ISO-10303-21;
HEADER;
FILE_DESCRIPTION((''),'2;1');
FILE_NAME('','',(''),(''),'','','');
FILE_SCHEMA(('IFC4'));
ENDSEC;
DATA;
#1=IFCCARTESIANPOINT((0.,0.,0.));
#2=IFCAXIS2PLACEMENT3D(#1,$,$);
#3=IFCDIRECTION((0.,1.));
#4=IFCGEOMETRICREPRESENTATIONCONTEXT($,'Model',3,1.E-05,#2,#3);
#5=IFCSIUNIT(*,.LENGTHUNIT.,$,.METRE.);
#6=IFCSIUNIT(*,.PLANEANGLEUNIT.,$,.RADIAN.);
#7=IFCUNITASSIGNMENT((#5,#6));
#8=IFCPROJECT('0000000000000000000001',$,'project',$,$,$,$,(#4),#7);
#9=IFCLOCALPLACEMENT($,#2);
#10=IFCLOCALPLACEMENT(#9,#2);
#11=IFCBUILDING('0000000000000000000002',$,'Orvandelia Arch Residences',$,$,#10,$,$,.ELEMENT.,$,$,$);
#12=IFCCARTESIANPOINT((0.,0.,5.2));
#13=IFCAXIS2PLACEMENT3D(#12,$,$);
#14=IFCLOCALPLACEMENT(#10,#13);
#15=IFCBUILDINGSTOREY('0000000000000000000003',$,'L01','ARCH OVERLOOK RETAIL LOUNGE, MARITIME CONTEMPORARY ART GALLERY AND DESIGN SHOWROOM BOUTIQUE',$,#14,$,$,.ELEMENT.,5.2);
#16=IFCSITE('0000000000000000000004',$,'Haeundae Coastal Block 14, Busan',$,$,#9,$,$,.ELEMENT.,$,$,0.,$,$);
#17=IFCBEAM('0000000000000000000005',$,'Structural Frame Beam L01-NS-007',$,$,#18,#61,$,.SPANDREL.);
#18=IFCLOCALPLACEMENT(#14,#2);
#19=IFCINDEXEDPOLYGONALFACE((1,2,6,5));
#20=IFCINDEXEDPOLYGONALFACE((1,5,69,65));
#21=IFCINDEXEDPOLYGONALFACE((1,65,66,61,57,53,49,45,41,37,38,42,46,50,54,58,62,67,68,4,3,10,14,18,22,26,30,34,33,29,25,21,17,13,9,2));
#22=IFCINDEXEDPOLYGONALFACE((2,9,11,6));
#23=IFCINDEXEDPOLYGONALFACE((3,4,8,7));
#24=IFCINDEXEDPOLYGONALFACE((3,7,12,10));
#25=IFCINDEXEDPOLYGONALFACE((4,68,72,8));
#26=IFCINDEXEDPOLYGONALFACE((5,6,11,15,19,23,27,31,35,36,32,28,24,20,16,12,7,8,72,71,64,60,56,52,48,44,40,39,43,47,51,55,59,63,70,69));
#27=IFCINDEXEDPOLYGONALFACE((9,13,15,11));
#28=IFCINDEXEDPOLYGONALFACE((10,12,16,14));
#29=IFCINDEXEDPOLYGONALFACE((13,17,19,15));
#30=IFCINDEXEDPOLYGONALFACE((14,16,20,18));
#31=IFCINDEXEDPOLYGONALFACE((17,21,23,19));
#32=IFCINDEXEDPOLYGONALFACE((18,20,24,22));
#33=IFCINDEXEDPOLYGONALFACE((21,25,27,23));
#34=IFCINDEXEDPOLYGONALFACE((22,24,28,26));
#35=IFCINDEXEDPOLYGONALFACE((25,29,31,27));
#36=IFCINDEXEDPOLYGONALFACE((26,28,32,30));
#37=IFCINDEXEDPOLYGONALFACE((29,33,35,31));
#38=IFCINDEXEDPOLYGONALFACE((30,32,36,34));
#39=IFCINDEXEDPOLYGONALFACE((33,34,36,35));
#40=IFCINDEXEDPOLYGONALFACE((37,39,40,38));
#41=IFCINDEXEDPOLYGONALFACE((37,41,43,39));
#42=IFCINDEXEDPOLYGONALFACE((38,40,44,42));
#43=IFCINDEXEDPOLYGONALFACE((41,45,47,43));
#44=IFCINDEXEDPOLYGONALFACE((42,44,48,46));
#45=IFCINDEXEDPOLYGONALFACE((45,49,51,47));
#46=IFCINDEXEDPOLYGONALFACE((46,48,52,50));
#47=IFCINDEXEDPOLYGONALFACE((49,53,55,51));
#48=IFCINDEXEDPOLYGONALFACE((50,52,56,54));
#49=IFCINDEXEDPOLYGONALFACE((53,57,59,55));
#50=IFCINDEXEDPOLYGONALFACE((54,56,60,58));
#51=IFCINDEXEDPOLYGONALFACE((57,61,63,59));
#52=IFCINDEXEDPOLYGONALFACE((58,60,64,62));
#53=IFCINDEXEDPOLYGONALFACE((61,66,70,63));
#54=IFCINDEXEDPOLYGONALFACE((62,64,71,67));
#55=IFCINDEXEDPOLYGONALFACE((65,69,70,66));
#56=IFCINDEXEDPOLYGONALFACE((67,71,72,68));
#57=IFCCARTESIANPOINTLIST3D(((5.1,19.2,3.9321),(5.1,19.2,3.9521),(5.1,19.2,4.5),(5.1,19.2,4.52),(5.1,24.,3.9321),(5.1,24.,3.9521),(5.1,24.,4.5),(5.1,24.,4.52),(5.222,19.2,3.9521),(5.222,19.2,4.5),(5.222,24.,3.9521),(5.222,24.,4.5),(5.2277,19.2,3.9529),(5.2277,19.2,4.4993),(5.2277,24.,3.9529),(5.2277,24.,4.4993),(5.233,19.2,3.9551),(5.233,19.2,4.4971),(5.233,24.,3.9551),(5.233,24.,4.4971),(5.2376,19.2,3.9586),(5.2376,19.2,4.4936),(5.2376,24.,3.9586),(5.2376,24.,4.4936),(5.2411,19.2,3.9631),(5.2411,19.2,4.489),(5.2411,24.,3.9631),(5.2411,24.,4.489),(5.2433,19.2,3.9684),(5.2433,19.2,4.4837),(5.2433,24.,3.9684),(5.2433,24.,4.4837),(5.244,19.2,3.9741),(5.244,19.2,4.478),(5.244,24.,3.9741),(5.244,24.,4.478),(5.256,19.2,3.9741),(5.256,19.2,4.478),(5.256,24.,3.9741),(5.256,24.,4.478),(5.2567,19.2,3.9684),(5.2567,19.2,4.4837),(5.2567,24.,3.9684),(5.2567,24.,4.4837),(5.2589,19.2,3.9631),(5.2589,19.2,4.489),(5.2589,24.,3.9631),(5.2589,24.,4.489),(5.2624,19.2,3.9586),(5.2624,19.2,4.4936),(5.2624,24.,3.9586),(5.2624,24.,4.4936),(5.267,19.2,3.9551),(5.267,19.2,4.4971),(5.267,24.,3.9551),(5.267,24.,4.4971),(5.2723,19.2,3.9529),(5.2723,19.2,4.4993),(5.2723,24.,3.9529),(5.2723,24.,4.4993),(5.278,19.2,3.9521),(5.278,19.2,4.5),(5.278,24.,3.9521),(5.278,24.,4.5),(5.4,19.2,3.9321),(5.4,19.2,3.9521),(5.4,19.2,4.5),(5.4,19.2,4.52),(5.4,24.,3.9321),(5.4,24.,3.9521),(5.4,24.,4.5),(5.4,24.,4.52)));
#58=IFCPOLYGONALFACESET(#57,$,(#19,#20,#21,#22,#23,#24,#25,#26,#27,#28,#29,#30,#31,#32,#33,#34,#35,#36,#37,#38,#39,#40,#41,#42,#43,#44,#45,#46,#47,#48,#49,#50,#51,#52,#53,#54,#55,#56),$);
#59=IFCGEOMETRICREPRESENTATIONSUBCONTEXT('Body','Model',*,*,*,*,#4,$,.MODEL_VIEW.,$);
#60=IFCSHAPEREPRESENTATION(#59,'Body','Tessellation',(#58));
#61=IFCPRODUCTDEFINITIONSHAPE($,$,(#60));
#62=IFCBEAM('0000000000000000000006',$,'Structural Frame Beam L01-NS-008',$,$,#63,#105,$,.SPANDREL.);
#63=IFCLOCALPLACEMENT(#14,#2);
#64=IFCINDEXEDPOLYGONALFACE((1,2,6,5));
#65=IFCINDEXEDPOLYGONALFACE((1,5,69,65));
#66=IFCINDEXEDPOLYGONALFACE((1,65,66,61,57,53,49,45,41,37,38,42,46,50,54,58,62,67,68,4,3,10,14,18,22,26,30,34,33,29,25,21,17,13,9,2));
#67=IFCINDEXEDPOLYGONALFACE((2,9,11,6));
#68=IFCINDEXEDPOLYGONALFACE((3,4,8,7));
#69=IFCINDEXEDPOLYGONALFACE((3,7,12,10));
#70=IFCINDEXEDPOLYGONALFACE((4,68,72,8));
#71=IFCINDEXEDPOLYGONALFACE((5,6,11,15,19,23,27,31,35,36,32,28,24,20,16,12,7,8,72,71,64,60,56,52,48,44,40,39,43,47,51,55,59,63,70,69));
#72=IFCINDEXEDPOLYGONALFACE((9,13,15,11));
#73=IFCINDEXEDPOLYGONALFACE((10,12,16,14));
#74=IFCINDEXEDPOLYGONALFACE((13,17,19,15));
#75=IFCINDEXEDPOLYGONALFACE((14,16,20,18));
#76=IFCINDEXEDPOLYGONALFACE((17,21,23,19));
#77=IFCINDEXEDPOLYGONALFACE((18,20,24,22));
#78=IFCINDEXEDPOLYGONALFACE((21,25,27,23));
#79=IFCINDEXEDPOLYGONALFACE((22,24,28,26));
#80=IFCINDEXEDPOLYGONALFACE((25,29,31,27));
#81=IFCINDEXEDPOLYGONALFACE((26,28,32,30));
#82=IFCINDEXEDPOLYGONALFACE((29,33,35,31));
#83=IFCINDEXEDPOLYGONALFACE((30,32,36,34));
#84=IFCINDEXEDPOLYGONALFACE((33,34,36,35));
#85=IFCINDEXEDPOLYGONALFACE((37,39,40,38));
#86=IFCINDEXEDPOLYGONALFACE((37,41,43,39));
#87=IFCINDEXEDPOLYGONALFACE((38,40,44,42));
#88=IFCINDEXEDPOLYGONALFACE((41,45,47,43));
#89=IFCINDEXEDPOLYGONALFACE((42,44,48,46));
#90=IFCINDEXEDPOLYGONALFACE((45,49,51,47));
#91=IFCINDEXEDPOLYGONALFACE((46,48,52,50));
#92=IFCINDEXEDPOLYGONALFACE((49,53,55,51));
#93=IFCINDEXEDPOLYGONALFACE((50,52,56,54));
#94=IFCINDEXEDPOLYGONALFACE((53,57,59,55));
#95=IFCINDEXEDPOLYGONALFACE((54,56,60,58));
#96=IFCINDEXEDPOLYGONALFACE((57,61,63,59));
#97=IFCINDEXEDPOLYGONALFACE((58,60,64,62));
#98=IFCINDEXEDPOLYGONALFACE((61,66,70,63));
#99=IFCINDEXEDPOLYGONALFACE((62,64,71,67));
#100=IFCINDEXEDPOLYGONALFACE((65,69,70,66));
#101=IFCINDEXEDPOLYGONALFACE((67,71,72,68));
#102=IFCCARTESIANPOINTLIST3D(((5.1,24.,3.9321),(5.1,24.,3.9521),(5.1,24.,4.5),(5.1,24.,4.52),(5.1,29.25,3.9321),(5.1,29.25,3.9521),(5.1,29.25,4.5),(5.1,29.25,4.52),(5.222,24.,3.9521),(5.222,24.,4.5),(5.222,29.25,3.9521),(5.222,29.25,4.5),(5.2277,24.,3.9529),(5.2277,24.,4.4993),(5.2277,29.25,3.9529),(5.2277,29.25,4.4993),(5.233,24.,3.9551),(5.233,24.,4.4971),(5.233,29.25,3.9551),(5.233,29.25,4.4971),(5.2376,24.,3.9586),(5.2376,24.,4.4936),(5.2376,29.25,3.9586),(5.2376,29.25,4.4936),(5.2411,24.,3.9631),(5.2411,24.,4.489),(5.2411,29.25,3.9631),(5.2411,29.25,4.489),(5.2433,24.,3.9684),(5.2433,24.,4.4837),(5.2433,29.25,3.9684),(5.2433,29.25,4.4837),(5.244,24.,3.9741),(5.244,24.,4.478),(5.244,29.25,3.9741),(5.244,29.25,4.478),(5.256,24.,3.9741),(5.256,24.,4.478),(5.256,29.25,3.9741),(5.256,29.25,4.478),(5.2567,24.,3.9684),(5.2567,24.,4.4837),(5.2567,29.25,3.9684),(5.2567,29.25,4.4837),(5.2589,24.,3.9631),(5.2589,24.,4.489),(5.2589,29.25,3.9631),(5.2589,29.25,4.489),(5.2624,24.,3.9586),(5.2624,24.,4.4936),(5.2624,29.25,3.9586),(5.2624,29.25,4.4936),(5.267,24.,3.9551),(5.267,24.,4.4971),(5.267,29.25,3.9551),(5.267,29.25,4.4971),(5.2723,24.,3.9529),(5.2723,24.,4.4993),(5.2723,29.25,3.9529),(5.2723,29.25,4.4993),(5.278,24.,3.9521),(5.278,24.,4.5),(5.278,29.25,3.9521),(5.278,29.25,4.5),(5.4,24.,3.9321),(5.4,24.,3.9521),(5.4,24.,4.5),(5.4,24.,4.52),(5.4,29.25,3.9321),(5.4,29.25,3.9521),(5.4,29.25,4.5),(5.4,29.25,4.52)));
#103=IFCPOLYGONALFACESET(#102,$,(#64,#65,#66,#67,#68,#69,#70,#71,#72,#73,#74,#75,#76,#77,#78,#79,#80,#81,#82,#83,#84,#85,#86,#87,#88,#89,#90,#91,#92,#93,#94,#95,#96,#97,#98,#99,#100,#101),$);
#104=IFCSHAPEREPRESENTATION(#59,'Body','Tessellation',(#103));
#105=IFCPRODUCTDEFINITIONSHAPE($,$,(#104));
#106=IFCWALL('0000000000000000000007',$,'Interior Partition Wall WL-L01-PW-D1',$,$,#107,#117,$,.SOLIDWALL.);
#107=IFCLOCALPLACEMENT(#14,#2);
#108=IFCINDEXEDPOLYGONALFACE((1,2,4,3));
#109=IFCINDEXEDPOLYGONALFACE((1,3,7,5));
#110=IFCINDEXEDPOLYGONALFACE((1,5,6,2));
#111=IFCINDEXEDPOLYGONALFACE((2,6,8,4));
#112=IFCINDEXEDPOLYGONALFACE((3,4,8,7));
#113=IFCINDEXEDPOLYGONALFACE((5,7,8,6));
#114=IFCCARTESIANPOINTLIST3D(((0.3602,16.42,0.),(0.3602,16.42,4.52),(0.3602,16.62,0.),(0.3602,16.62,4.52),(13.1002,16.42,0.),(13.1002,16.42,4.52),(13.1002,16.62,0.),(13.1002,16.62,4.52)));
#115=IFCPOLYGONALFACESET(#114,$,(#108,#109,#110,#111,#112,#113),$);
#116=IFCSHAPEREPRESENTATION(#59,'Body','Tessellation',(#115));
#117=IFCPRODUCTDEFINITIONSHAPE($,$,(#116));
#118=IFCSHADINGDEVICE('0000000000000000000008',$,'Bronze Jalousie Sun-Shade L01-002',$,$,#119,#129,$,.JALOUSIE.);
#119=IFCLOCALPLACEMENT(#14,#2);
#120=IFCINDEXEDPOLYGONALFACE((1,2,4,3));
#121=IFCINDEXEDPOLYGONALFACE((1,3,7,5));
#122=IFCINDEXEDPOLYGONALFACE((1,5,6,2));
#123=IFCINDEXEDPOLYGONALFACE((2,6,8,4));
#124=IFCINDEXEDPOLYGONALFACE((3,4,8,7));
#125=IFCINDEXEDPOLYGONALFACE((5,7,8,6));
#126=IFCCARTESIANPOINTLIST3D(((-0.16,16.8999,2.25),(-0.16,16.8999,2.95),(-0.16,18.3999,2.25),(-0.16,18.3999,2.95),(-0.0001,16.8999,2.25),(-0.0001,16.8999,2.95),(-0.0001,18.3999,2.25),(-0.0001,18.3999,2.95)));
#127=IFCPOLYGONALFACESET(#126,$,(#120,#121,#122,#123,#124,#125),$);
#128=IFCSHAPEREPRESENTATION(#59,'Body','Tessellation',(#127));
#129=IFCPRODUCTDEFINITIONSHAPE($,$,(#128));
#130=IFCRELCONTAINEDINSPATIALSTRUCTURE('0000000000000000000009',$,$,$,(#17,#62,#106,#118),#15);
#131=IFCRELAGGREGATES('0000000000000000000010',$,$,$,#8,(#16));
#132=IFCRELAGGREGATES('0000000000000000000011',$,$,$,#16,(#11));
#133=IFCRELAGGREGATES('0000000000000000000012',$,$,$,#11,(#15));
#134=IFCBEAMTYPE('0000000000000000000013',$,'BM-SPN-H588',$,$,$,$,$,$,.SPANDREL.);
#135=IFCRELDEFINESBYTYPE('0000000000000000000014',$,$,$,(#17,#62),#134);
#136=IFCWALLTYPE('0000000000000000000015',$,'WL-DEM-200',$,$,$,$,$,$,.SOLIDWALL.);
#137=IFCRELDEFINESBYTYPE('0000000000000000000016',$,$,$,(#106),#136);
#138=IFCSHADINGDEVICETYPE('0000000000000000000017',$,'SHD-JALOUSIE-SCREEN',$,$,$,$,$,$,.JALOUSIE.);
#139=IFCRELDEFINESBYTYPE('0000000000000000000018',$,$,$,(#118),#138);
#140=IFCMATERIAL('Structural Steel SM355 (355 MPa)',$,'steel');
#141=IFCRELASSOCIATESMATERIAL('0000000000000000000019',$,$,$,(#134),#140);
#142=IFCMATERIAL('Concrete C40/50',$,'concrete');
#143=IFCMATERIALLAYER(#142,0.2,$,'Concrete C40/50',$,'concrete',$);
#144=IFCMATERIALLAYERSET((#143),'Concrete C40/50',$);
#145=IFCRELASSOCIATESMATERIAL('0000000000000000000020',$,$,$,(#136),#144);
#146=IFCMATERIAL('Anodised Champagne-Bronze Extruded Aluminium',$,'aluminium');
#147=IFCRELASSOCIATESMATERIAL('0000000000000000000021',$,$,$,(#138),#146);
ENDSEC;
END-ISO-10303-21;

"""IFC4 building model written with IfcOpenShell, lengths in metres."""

from ifc_helpers import new_model, si_unit, direction, frame, frame_2d, origin, origin_2d, place, context, subcontext, project, spatial, rectangle, i_section, extrude, material, layer, layer_set, material_profile, profile_set, type_object, element, save


model = new_model("IFC4")

# Units and contexts
model_context = context("Model", 3, precision=1e-05, world=origin(), true_north=direction((0.0, 1.0)))
body_context = subcontext(model_context, "Body", "Model", "MODEL_VIEW")
ifc_project = project(units=[si_unit("LENGTHUNIT", "METRE"), si_unit("PLANEANGLEUNIT", "RADIAN")], contexts=[model_context])

# Site, building, storey
site_placement = place(None, origin())
site = spatial("IfcSite", under=ifc_project, at=site_placement, Name="Haeundae Coastal Block 14, Busan", CompositionType="ELEMENT", RefElevation=0.0)
building_placement = place(site_placement, origin())
building = spatial("IfcBuilding", under=site, at=building_placement, Name="Orvandelia Arch Residences", CompositionType="ELEMENT")
storey_placement = place(building_placement, frame((0.0, 0.0, 5.2)))
storey = spatial("IfcBuildingStorey", under=building, at=storey_placement, Name="L01", Description="ARCH OVERLOOK RETAIL LOUNGE, MARITIME CONTEMPORARY ART GALLERY AND DESIGN SHOWROOM BOUTIQUE", CompositionType="ELEMENT", Elevation=5.2)

# Beams
ifc_material_1 = material(Name="Structural Steel SM355 (355 MPa)", Category="steel")
ifc_material_profile_1 = material_profile(ifc_material_1, i_section(OverallWidth=0.3, OverallDepth=0.5879, WebThickness=0.012, FlangeThickness=0.02, FilletRadius=0.022, at=origin_2d()), Name="Structural Steel SM355 (355 MPa)", Category="steel")
ifc_profile_set_1 = profile_set([ifc_material_profile_1], Name="Structural Steel SM355 (355 MPa)")
beam_type_1 = type_object("IfcBeamType", Name="BM-SPN-H588", PredefinedType="SPANDREL", material=ifc_profile_set_1)
for number, where, z_axis, x_axis, name in (
    (1, (5.25, 19.2, 4.2261), (0.0, 1.0, 0.0), (-1.0, 0.0, 0.0), "Structural Frame Beam L01-NS-007"),
):
    element("IfcBeam", number, at=place(storey_placement, frame(where, z_axis=z_axis, x_axis=x_axis)), inside=storey, type_object=beam_type_1, Name=name, PredefinedType="SPANDREL", context=body_context, shape_type="SweptSolid", body=[
        extrude(i_section(OverallWidth=0.3, OverallDepth=0.5879, WebThickness=0.012, FlangeThickness=0.02, FilletRadius=0.022, at=origin_2d()), origin(), (0.0, 0.0, 1.0), 4.8),
    ])
beam_1_placement = place(storey_placement, frame((5.25, 24.0, 4.2261), z_axis=(0.0, 1.0, 0.0), x_axis=(-1.0, 0.0, 0.0)))
element("IfcBeam", 2, at=beam_1_placement, inside=storey, type_object=beam_type_1, Name="Structural Frame Beam L01-NS-008", PredefinedType="SPANDREL", context=body_context, shape_type="SweptSolid", body=[
    extrude(i_section(OverallWidth=0.3, OverallDepth=0.5879, WebThickness=0.012, FlangeThickness=0.02, FilletRadius=0.022, at=origin_2d()), origin(), (0.0, 0.0, 1.0), 5.25),
])

# Wall
ifc_material_2 = material(Name="Concrete C40/50", Category="concrete")
ifc_layer = layer(ifc_material_2, 0.2, Name="Concrete C40/50", Category="concrete")
ifc_layer_set = layer_set([ifc_layer], Name="Concrete C40/50")
wall_type = type_object("IfcWallType", Name="WL-DEM-200", PredefinedType="SOLIDWALL", material=ifc_layer_set)
wall_placement = place(storey_placement, frame((0.3601, 16.52, 0.0), z_axis=(0.0, 0.0, 1.0), x_axis=(1.0, 0.0, 0.0)))
element("IfcWall", 3, at=wall_placement, inside=storey, type_object=wall_type, Name="Interior Partition Wall WL-L01-PW-D1", PredefinedType="SOLIDWALL", context=body_context, shape_type="SweptSolid", body=[
    extrude(rectangle(XDim=12.74, YDim=0.2, at=frame_2d((6.3701, 0.0))), origin(), (0.0, 0.0, 1.0), 4.52),
])

# Shading device
ifc_material_3 = material(Name="Anodised Champagne-Bronze Extruded Aluminium", Category="aluminium")
shading_device_type = type_object("IfcShadingDeviceType", Name="SHD-JALOUSIE-SCREEN", PredefinedType="JALOUSIE", material=ifc_material_3)
shading_device_placement = place(storey_placement, frame((-0.0801, 17.6499, 2.25), z_axis=(0.0, 0.0, 1.0), x_axis=(0.0, 1.0, 0.0)))
element("IfcShadingDevice", 4, at=shading_device_placement, inside=storey, type_object=shading_device_type, Name="Bronze Jalousie Sun-Shade L01-002", PredefinedType="JALOUSIE", context=body_context, shape_type="SweptSolid", body=[
    extrude(rectangle(XDim=1.5, YDim=0.1599, at=origin_2d()), origin(), (0.0, 0.0, 1.0), 0.7),
])

save(model, "model.ifc")
